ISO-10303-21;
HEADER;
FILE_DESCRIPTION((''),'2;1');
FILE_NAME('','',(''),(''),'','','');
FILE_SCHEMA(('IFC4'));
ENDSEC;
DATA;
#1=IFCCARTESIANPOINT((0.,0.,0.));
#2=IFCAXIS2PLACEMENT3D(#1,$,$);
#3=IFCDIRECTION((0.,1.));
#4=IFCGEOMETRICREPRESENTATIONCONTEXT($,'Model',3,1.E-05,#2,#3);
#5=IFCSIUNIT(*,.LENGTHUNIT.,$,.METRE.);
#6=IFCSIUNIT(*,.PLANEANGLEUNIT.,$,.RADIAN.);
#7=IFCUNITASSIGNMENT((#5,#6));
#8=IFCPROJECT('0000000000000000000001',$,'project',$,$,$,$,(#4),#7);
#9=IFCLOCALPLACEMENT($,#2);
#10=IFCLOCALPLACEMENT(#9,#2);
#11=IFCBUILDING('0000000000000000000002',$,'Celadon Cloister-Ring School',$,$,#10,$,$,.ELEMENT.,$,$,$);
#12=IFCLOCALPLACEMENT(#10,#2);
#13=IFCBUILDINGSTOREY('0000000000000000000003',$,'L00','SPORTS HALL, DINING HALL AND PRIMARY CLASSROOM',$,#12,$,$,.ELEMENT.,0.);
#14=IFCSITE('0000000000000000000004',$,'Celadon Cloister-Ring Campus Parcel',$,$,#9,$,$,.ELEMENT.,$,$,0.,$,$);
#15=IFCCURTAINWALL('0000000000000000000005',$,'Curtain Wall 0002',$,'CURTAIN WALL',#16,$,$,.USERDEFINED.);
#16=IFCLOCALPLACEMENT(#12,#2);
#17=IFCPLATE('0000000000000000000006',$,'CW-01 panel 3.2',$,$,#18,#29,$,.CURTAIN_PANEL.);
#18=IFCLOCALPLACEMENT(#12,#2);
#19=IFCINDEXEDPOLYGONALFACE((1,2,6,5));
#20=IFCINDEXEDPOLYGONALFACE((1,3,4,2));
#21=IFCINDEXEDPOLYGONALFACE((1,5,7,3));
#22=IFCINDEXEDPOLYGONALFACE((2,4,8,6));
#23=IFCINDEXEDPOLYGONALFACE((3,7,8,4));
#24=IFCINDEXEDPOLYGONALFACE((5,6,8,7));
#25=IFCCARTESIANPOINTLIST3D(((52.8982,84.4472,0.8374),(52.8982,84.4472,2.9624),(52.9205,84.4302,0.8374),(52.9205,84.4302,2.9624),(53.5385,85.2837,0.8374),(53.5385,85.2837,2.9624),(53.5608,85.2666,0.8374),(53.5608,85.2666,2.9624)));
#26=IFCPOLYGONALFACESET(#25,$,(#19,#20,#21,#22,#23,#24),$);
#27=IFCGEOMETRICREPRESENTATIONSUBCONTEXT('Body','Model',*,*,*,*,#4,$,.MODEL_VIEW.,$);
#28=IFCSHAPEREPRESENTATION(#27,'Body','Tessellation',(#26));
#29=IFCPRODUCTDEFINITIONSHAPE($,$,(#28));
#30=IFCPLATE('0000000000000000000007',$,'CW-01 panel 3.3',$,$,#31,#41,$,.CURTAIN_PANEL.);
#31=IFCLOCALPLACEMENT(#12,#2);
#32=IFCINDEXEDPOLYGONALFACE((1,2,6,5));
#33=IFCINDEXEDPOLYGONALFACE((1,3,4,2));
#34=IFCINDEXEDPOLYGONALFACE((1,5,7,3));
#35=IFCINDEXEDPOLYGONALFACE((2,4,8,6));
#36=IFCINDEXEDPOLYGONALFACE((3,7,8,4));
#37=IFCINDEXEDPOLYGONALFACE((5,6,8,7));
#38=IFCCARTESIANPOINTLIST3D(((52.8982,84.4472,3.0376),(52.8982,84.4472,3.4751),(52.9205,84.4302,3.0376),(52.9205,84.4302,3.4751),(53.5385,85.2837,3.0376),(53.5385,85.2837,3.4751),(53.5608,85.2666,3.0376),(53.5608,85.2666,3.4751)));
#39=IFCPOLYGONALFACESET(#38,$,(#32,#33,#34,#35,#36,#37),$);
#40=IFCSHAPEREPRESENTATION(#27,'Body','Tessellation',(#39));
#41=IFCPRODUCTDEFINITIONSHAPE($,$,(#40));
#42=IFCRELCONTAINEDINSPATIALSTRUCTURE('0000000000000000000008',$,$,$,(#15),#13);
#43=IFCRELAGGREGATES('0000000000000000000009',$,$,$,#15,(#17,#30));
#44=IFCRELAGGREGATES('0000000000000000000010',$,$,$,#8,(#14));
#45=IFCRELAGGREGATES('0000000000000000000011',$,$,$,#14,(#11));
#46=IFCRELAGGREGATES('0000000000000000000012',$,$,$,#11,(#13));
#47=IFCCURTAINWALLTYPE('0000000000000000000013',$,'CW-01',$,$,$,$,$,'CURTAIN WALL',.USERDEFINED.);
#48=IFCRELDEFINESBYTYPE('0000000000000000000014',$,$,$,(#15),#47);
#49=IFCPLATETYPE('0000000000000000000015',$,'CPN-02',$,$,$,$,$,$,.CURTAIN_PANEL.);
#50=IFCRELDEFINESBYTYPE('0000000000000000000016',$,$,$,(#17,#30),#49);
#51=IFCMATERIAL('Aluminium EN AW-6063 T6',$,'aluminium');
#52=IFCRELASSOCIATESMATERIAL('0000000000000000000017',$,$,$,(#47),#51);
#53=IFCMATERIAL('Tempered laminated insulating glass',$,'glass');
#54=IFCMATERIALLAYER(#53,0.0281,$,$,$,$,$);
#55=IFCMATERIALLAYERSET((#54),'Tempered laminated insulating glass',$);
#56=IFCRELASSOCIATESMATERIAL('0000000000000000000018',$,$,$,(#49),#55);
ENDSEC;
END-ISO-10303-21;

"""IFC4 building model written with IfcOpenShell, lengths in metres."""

from ifc_helpers import new_model, si_unit, direction, frame, origin, origin_2d, place, context, subcontext, project, spatial, rectangle, extrude, material, layer, layer_set, type_object, element, aggregate, save


model = new_model("IFC4")

# Units and contexts
model_context = context("Model", 3, precision=1e-05, world=origin(), true_north=direction((0.0, 1.0)))
body_context = subcontext(model_context, "Body", "Model", "MODEL_VIEW")
ifc_project = project(units=[si_unit("LENGTHUNIT", "METRE"), si_unit("PLANEANGLEUNIT", "RADIAN")], contexts=[model_context])

# Site, building, storey
site_placement = place(None, origin())
site = spatial("IfcSite", under=ifc_project, at=site_placement, Name="Celadon Cloister-Ring Campus Parcel", CompositionType="ELEMENT", RefElevation=0.0)
building_placement = place(site_placement, origin())
building = spatial("IfcBuilding", under=site, at=building_placement, Name="Celadon Cloister-Ring School", CompositionType="ELEMENT")
storey_placement = place(building_placement, origin())
storey = spatial("IfcBuildingStorey", under=building, at=storey_placement, Name="L00", Description="SPORTS HALL, DINING HALL AND PRIMARY CLASSROOM", CompositionType="ELEMENT", Elevation=0.0)

# Shared definitions
ifc_material_1 = material(Name="Aluminium EN AW-6063 T6", Category="aluminium")
curtain_wall_type = type_object("IfcCurtainWallType", Name="CW-01", ElementType="CURTAIN WALL", PredefinedType="USERDEFINED", material=ifc_material_1)

# Curtain wall
curtain_wall_1_placement = place(storey_placement, origin())
curtain_wall_1 = element("IfcCurtainWall", 1, at=curtain_wall_1_placement, inside=storey, type_object=curtain_wall_type, Name="Curtain Wall 0002", ObjectType="CURTAIN WALL", PredefinedType="USERDEFINED")

# Plates
ifc_material_2 = material(Name="Tempered laminated insulating glass", Category="glass")
ifc_layer = layer(ifc_material_2, 0.0281)
ifc_layer_set = layer_set([ifc_layer], Name="Tempered laminated insulating glass")
plate_type = type_object("IfcPlateType", Name="CPN-02", PredefinedType="CURTAIN_PANEL", material=ifc_layer_set)
plate_1_placement = place(storey_placement, frame((53.2295, 84.8569, 0.8374), z_axis=(0.0, 0.0, 1.0), x_axis=(-0.607876, -0.794032, 0.0)))
plate_1 = element("IfcPlate", 2, at=plate_1_placement, type_object=plate_type, Name="CW-01 panel 3.2", PredefinedType="CURTAIN_PANEL", context=body_context, shape_type="SweptSolid", body=[
    extrude(rectangle(XDim=1.0535, YDim=0.0281, at=origin_2d()), origin(), (0.0, 0.0, 1.0), 2.125),
])
plate_2_placement = place(storey_placement, frame((53.2295, 84.8569, 3.0376), z_axis=(0.0, 0.0, 1.0), x_axis=(-0.607876, -0.794032, 0.0)))
plate_2 = element("IfcPlate", 3, at=plate_2_placement, type_object=plate_type, Name="CW-01 panel 3.3", PredefinedType="CURTAIN_PANEL", context=body_context, shape_type="SweptSolid", body=[
    extrude(rectangle(XDim=1.0535, YDim=0.0281, at=origin_2d()), origin(), (0.0, 0.0, 1.0), 0.4375),
])
aggregate(curtain_wall_1, [plate_1, plate_2])

save(model, "model.ifc")
